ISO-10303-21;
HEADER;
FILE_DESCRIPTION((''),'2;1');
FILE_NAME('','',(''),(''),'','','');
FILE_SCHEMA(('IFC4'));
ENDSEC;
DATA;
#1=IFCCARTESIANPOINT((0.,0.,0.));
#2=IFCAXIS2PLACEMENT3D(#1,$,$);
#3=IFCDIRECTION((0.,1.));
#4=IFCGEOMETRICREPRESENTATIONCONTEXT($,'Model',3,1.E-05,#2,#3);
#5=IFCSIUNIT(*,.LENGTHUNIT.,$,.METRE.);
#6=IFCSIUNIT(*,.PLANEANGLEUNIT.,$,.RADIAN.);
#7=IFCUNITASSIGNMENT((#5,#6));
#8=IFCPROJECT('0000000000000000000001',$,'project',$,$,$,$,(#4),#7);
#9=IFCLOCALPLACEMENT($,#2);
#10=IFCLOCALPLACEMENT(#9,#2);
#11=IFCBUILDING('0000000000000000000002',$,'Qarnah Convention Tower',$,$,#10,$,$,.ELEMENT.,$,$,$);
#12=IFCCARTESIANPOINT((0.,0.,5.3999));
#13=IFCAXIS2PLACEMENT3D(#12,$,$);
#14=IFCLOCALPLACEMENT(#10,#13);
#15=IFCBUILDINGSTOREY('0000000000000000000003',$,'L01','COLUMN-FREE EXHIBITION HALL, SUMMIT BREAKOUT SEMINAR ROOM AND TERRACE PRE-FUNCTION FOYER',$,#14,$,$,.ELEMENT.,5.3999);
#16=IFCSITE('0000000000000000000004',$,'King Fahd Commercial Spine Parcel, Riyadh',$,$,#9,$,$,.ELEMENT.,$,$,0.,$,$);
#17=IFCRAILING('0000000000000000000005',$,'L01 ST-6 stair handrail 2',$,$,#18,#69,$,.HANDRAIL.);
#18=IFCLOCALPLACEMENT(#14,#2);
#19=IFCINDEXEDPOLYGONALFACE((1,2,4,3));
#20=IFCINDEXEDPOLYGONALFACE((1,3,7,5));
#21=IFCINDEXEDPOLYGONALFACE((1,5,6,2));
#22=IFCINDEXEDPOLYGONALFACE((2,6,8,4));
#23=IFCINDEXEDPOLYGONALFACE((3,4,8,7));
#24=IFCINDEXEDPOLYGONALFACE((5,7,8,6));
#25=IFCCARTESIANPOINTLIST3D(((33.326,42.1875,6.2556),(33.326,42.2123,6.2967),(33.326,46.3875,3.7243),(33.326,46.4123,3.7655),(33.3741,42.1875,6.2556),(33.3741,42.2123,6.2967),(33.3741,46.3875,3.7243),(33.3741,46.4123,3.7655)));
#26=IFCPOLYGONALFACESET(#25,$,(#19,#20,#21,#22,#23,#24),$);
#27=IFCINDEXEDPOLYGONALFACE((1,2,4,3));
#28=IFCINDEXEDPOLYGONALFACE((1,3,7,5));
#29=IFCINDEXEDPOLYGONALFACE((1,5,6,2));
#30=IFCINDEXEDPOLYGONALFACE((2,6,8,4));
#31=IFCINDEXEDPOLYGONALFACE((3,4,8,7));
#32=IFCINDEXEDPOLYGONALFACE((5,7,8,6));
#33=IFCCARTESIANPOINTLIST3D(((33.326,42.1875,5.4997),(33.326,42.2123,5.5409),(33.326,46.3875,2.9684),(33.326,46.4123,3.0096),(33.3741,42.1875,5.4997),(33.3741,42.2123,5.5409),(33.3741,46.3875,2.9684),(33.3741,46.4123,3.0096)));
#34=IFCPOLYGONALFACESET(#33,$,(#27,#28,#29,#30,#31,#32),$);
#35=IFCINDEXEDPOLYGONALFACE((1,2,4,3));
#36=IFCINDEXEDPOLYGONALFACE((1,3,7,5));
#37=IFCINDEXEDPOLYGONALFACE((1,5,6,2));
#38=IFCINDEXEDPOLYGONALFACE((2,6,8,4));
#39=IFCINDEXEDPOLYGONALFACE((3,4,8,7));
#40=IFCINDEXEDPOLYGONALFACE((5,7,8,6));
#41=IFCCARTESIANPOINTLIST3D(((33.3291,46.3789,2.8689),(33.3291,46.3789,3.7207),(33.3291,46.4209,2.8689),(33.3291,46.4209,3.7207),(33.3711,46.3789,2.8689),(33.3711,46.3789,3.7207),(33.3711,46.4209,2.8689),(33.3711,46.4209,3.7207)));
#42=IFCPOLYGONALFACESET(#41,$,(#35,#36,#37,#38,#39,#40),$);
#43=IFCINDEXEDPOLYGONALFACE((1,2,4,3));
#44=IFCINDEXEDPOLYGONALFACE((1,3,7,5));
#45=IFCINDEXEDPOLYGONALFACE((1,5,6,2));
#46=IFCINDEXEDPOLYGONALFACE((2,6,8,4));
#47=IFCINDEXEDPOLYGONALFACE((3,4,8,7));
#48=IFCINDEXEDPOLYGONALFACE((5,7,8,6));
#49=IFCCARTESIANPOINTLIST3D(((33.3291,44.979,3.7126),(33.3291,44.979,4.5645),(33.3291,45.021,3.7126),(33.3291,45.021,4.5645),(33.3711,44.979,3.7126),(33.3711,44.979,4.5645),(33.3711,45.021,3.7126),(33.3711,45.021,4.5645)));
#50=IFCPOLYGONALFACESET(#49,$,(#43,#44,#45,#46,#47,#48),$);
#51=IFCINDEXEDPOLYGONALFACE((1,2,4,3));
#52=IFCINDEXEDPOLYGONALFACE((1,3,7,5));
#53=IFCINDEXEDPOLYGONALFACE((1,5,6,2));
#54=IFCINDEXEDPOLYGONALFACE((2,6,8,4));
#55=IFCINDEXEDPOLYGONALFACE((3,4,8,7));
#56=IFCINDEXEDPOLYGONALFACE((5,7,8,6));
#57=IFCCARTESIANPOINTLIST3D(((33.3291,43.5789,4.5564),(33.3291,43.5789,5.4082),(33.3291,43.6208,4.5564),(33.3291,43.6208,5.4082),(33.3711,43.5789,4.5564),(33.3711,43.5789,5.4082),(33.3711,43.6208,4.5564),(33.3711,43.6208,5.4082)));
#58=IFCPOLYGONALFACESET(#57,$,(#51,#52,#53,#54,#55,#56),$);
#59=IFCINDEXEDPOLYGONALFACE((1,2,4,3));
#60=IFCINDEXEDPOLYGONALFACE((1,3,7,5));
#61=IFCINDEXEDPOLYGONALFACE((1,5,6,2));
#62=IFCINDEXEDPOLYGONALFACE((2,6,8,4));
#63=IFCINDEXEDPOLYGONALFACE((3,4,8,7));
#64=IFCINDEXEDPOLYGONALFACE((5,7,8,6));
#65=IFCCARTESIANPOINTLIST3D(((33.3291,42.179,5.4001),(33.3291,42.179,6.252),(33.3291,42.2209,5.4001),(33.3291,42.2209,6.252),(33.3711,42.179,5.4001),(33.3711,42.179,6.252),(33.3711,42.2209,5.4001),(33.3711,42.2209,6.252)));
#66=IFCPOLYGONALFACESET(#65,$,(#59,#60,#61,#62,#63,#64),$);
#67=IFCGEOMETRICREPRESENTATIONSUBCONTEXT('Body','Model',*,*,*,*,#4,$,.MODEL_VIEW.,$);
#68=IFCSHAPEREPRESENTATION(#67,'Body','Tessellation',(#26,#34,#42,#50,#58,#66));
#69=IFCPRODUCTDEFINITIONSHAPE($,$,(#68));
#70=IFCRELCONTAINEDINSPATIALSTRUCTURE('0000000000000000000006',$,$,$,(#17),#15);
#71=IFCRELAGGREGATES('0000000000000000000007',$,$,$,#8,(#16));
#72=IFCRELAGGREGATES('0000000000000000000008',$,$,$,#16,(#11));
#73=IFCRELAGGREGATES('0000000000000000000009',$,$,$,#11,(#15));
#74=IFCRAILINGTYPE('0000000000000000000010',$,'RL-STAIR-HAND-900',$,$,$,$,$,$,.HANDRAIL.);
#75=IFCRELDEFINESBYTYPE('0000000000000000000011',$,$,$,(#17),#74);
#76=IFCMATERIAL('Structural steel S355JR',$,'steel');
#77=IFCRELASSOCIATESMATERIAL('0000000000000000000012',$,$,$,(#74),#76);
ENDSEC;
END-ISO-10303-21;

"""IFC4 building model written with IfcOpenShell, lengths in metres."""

from ifc_helpers import new_model, si_unit, direction, frame, origin, origin_2d, place, context, subcontext, project, spatial, rectangle, extrude, material, type_object, element, save


model = new_model("IFC4")

# Units and contexts
model_context = context("Model", 3, precision=1e-05, world=origin(), true_north=direction((0.0, 1.0)))
body_context = subcontext(model_context, "Body", "Model", "MODEL_VIEW")
ifc_project = project(units=[si_unit("LENGTHUNIT", "METRE"), si_unit("PLANEANGLEUNIT", "RADIAN")], contexts=[model_context])

# Site, building, storey
site_placement = place(None, origin())
site = spatial("IfcSite", under=ifc_project, at=site_placement, Name="King Fahd Commercial Spine Parcel, Riyadh", CompositionType="ELEMENT", RefElevation=0.0)
building_placement = place(site_placement, origin())
building = spatial("IfcBuilding", under=site, at=building_placement, Name="Qarnah Convention Tower", CompositionType="ELEMENT")
storey_placement = place(building_placement, frame((0.0, 0.0, 5.3999)))
storey = spatial("IfcBuildingStorey", under=building, at=storey_placement, Name="L01", Description="COLUMN-FREE EXHIBITION HALL, SUMMIT BREAKOUT SEMINAR ROOM AND TERRACE PRE-FUNCTION FOYER", CompositionType="ELEMENT", Elevation=5.3999)

# Shared definitions
ifc_material_1 = material(Name="Structural steel S355JR", Category="steel")

# Railing
railing_type_1 = type_object("IfcRailingType", Name="RL-STAIR-HAND-900", PredefinedType="HANDRAIL", material=ifc_material_1)
railing_1_placement = place(storey_placement, frame((33.3501, 46.3999, 2.8689)))
element("IfcRailing", 1, at=railing_1_placement, inside=storey, type_object=railing_type_1, Name="L01 ST-6 stair handrail 2", PredefinedType="HANDRAIL", context=body_context, shape_type="SweptSolid", body=[
    extrude(rectangle(XDim=0.0481, YDim=0.0481, at=origin_2d()), frame((0.0, 0.0, 0.876), z_axis=(0.0, -0.856476, 0.516186), x_axis=(1.0, 0.0, 0.0)), (0.0, 0.0, 1.0), 4.9038),
    extrude(rectangle(XDim=0.0481, YDim=0.0481, at=origin_2d()), frame((0.0, 0.0, 0.1201), z_axis=(0.0, -0.856476, 0.516186), x_axis=(1.0, 0.0, 0.0)), (0.0, 0.0, 1.0), 4.9038),
    extrude(rectangle(XDim=0.042, YDim=0.042, at=origin_2d()), origin(), (0.0, 0.0, 1.0), 0.8518),
    extrude(rectangle(XDim=0.042, YDim=0.042, at=origin_2d()), frame((0.0, -1.3999, 0.8438)), (0.0, 0.0, 1.0), 0.8518),
    extrude(rectangle(XDim=0.042, YDim=0.042, at=origin_2d()), frame((0.0, -2.8, 1.6875)), (0.0, 0.0, 1.0), 0.8518),
    extrude(rectangle(XDim=0.042, YDim=0.042, at=origin_2d()), frame((0.0, -4.2, 2.5312)), (0.0, 0.0, 1.0), 0.8518),
])

save(model, "model.ifc")
